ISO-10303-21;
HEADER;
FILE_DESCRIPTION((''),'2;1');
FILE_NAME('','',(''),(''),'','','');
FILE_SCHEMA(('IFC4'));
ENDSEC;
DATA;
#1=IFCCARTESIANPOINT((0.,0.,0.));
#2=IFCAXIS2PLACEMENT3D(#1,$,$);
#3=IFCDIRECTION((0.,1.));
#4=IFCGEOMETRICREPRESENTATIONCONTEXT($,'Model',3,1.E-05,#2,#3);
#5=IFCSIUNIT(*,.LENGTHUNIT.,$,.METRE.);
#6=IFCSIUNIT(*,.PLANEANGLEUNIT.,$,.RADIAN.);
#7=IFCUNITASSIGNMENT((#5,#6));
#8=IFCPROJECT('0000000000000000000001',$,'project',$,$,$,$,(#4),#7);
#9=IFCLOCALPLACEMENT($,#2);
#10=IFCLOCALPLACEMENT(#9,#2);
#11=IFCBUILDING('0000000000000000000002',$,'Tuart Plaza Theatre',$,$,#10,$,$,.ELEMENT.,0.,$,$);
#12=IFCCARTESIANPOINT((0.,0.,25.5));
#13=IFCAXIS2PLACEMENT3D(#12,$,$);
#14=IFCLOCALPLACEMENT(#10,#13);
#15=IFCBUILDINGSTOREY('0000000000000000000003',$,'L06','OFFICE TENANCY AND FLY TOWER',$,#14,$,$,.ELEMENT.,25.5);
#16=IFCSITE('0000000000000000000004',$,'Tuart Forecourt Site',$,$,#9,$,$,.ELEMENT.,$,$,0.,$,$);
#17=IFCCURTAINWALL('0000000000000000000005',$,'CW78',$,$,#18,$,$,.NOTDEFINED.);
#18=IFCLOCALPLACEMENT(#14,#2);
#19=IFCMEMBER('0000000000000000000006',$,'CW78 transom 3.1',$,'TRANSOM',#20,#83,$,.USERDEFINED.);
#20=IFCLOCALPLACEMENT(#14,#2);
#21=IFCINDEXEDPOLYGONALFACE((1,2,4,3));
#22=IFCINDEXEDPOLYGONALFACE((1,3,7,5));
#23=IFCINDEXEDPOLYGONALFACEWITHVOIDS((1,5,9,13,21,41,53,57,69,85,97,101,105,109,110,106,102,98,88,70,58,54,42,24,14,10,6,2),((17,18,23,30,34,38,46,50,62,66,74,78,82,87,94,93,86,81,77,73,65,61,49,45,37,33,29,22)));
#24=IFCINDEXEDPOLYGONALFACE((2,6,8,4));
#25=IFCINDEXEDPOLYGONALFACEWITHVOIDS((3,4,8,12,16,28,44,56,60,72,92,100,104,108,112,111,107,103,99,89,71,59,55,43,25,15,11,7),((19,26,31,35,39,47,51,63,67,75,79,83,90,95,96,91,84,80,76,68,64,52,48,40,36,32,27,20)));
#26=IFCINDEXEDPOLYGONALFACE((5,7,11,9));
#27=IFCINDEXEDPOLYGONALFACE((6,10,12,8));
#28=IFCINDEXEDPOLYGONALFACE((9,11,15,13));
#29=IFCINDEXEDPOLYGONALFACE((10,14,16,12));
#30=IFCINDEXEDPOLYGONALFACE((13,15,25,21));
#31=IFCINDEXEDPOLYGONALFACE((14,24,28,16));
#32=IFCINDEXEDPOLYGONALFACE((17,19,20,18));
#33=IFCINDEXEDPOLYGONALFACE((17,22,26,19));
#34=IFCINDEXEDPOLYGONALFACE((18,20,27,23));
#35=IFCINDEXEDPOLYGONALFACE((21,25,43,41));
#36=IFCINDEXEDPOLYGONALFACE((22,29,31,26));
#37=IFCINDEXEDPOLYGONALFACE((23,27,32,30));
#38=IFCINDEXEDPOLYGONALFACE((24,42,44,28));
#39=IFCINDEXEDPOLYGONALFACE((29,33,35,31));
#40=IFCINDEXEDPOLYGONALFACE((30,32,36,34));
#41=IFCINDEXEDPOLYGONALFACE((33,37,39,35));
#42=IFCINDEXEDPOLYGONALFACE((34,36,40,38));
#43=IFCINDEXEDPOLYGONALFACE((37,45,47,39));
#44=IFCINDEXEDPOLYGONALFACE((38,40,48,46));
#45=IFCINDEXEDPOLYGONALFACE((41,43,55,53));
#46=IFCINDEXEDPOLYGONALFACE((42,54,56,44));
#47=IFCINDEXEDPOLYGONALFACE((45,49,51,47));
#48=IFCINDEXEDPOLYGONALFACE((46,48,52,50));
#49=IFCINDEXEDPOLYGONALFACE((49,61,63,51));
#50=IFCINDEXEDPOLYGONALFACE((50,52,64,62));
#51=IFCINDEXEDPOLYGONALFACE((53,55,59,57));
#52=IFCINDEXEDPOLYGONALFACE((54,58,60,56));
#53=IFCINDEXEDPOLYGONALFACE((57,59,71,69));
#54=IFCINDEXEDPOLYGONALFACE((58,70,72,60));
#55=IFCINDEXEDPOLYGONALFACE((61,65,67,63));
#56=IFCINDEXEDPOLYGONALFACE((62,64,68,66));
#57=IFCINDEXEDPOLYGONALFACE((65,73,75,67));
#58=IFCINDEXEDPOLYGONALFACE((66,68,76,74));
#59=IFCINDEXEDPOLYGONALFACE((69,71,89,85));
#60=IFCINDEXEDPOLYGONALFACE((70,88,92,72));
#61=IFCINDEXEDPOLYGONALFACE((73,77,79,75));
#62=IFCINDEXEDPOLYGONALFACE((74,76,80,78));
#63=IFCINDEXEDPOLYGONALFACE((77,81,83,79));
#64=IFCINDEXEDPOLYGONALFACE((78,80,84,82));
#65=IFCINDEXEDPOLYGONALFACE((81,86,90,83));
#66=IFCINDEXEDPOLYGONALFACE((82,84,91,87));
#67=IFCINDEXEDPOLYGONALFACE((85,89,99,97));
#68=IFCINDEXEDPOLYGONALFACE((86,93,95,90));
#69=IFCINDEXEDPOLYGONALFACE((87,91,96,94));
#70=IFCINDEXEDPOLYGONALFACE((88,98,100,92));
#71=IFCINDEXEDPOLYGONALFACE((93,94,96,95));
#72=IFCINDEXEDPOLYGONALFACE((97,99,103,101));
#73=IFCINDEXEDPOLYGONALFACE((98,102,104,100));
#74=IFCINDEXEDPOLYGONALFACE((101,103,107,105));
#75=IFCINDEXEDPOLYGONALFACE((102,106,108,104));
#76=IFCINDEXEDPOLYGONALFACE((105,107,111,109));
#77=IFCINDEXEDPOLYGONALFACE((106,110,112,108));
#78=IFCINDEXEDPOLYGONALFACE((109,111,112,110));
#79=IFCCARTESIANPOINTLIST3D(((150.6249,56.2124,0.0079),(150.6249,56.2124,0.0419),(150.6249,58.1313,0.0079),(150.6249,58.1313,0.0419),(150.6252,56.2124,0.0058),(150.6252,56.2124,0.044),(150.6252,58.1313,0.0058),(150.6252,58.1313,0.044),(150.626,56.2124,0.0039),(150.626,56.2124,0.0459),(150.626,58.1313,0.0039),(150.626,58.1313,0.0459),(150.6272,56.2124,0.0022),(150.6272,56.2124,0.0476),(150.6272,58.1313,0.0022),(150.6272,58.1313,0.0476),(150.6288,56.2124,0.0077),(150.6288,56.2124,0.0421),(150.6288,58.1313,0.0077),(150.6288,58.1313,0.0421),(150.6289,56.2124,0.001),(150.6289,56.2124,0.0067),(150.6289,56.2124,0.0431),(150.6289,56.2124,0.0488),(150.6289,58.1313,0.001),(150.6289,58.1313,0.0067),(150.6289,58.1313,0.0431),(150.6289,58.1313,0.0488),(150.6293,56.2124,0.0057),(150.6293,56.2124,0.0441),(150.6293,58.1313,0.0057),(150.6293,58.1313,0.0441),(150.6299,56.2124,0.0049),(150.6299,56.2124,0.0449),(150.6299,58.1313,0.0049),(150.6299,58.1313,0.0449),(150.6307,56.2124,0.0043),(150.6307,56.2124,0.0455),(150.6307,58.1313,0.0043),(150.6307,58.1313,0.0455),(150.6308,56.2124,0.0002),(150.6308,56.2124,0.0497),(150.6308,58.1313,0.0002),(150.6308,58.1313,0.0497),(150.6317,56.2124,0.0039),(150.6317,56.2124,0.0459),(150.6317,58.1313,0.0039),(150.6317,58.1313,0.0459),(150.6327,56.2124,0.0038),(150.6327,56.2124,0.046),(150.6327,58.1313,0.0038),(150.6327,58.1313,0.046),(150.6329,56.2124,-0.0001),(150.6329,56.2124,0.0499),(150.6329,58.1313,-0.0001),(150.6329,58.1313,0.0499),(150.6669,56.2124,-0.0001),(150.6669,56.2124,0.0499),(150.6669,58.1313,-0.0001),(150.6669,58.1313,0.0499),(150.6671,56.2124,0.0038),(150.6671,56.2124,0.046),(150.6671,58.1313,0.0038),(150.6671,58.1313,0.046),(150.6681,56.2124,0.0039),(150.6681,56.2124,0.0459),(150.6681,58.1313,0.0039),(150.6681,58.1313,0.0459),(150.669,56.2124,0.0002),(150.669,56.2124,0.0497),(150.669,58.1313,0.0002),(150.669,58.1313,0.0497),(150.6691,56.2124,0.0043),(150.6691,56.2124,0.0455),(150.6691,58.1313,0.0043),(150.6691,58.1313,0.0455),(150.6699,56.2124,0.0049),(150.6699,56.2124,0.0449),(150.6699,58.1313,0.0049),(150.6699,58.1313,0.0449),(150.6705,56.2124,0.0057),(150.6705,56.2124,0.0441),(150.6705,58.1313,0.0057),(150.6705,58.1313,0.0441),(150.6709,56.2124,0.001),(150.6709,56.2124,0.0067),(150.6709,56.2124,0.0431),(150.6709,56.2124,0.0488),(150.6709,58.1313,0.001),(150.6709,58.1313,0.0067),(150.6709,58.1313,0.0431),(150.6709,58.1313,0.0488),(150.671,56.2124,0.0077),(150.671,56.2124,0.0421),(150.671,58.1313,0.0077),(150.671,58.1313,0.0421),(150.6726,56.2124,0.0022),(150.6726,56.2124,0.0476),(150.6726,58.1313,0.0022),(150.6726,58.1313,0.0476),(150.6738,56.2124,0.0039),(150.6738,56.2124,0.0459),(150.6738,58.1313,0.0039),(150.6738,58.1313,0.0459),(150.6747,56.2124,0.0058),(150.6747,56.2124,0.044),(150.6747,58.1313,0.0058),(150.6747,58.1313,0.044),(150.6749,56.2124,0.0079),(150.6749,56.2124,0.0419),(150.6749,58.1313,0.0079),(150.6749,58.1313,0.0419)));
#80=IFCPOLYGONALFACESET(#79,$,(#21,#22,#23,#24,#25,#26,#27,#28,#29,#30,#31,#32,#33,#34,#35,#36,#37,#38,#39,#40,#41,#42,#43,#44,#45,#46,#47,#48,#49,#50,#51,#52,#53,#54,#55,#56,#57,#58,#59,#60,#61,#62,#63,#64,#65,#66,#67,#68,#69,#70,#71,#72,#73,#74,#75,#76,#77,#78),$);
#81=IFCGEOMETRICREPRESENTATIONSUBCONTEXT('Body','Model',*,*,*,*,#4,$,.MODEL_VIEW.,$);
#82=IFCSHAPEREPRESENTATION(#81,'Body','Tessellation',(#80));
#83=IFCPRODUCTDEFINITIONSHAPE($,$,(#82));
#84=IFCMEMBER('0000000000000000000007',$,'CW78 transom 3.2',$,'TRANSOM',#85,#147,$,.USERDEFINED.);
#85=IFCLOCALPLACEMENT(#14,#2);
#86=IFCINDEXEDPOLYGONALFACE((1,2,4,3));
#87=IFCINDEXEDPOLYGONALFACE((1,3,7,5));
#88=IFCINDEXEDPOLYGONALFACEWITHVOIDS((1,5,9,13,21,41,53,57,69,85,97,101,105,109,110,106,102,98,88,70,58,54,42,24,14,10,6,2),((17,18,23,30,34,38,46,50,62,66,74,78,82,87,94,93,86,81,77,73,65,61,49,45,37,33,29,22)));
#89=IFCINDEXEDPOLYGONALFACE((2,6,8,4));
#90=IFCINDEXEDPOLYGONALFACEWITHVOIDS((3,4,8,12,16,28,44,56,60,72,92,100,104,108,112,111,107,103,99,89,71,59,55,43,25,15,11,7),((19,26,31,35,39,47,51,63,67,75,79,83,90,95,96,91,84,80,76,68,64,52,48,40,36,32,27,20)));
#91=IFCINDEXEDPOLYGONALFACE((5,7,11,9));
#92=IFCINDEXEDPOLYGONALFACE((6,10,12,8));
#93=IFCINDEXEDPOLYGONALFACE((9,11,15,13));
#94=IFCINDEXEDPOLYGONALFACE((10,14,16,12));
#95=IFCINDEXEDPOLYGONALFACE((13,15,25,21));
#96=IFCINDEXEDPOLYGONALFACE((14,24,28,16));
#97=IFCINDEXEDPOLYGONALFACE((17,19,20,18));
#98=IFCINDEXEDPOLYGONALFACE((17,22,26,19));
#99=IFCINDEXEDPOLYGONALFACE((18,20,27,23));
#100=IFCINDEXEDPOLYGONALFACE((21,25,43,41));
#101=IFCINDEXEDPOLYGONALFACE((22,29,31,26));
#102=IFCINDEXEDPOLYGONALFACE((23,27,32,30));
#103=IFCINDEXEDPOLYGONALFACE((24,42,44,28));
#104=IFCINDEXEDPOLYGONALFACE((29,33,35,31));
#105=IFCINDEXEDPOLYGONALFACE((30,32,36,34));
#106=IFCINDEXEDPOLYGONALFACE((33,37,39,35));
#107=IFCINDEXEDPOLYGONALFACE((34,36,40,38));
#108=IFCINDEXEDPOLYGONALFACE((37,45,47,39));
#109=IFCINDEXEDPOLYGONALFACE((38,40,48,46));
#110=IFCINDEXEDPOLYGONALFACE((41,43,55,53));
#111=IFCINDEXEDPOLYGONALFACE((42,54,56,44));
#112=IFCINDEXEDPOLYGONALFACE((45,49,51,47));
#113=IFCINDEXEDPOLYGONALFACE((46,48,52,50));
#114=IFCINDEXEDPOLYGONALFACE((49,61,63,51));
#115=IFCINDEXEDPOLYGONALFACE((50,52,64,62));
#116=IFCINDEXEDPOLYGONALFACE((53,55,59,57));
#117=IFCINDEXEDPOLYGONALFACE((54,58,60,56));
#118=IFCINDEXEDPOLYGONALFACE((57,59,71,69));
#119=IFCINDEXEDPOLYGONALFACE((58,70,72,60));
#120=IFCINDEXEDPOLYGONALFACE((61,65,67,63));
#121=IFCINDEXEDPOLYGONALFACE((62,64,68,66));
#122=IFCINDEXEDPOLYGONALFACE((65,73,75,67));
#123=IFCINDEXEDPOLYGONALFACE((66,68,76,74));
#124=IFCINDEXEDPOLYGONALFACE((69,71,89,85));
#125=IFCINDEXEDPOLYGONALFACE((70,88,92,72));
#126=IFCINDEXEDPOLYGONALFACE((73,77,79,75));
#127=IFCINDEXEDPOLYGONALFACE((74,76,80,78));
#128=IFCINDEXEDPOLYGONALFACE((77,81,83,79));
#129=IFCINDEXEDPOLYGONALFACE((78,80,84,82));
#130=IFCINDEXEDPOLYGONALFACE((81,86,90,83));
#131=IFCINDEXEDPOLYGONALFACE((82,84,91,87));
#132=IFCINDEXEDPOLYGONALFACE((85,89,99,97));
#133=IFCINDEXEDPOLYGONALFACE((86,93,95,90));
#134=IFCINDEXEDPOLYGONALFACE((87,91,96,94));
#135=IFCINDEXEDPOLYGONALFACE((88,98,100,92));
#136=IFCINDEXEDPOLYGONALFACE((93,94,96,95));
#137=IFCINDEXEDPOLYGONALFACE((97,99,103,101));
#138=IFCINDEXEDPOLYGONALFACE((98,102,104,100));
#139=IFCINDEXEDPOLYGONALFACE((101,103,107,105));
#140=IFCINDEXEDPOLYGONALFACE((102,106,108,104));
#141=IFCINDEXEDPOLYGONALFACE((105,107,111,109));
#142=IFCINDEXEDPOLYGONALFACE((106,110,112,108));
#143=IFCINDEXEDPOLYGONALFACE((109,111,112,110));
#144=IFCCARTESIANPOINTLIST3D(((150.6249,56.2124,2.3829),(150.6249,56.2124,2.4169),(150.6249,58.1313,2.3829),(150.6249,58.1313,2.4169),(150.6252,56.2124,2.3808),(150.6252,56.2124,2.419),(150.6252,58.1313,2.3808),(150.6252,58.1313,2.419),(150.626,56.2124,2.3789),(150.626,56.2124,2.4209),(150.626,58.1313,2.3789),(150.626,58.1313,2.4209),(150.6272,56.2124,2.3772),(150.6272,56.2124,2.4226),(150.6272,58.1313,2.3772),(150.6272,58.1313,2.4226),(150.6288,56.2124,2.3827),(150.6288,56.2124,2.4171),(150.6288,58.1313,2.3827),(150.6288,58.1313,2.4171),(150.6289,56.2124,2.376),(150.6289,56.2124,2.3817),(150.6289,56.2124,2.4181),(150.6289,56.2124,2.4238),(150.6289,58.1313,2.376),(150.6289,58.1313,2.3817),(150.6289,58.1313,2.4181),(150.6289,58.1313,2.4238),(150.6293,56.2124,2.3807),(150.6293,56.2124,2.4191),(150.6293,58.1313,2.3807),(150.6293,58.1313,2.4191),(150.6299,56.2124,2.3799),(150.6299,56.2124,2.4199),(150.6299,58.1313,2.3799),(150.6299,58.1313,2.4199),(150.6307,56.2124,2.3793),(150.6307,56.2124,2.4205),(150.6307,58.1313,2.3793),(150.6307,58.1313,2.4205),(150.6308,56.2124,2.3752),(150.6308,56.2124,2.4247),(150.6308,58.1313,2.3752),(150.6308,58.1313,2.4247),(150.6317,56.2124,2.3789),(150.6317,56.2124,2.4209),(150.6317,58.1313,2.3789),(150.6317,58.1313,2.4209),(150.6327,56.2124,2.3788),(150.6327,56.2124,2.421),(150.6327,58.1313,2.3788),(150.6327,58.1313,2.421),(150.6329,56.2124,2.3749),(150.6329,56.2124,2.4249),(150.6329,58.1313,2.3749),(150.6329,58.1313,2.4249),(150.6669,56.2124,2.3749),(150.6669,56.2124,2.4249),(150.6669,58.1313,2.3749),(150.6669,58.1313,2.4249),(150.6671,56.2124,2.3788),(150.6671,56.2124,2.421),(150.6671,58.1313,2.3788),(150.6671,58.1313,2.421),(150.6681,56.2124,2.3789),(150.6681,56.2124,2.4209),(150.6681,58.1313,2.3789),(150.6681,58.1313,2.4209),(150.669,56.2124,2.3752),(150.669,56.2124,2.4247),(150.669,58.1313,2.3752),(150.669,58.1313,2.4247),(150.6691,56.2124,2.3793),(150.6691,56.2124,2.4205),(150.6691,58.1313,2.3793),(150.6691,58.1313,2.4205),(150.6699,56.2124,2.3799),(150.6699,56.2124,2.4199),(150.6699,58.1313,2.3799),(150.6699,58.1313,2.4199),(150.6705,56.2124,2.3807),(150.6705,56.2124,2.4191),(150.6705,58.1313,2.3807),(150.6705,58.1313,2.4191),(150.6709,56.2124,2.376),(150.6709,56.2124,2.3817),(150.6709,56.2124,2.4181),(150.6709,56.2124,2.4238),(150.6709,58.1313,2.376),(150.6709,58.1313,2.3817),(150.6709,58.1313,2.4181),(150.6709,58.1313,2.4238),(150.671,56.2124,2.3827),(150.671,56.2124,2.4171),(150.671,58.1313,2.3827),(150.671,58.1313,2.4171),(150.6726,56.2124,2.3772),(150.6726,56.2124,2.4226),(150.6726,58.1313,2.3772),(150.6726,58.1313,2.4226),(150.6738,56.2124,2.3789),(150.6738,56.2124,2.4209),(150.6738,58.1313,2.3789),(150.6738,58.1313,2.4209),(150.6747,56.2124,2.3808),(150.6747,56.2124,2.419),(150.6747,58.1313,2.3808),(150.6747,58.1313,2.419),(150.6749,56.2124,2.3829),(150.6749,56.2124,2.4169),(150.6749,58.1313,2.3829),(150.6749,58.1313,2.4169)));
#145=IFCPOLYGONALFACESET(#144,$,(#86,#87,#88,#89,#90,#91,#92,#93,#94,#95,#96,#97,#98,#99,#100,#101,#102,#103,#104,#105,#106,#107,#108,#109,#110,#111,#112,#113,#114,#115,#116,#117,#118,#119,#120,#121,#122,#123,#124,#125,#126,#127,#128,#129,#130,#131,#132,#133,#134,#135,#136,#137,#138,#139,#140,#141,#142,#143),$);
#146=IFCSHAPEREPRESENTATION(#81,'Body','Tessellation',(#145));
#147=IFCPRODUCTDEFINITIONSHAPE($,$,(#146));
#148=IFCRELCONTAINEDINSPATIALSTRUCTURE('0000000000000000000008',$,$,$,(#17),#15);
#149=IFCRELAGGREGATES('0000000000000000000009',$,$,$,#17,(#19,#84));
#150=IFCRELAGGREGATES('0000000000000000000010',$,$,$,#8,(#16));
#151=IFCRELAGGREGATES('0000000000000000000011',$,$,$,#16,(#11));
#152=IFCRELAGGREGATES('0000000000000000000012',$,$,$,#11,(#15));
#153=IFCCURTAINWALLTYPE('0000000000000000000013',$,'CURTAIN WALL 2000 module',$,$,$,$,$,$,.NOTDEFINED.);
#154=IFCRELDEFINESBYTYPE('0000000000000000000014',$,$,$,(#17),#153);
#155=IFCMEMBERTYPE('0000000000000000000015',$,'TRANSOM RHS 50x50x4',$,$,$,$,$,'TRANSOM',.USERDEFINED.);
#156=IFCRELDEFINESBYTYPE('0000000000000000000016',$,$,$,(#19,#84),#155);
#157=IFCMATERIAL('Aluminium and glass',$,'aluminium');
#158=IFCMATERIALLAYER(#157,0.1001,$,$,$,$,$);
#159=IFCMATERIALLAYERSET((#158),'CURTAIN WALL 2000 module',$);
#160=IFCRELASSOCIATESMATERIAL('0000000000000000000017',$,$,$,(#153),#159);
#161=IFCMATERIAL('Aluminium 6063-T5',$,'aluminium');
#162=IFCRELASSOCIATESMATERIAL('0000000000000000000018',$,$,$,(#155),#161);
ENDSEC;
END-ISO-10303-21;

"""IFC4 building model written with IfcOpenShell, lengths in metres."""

from ifc_helpers import new_model, si_unit, direction, frame, origin, origin_2d, place, context, subcontext, project, spatial, hollow_rectangle, extrude, material, layer, layer_set, material_profile, profile_set, type_object, element, aggregate, save


model = new_model("IFC4")

# Units and contexts
model_context = context("Model", 3, precision=1e-05, world=origin(), true_north=direction((0.0, 1.0)))
body_context = subcontext(model_context, "Body", "Model", "MODEL_VIEW")
ifc_project = project(units=[si_unit("LENGTHUNIT", "METRE"), si_unit("PLANEANGLEUNIT", "RADIAN")], contexts=[model_context])

# Site, building, storey
site_placement = place(None, origin())
site = spatial("IfcSite", under=ifc_project, at=site_placement, Name="Tuart Forecourt Site", CompositionType="ELEMENT", RefElevation=0.0)
building_placement = place(site_placement, origin())
building = spatial("IfcBuilding", under=site, at=building_placement, Name="Tuart Plaza Theatre", CompositionType="ELEMENT", ElevationOfRefHeight=0.0)
storey_placement = place(building_placement, frame((0.0, 0.0, 25.5)))
storey = spatial("IfcBuildingStorey", under=building, at=storey_placement, Name="L06", Description="OFFICE TENANCY AND FLY TOWER", CompositionType="ELEMENT", Elevation=25.5)

# Curtain wall
ifc_material_1 = material(Name="Aluminium and glass", Category="aluminium")
ifc_layer_1 = layer(ifc_material_1, 0.1001)
ifc_layer_set_1 = layer_set([ifc_layer_1], Name="CURTAIN WALL 2000 module")
curtain_wall_type = type_object("IfcCurtainWallType", Name="CURTAIN WALL 2000 module", PredefinedType="NOTDEFINED", material=ifc_layer_set_1)
curtain_wall_1_placement = place(storey_placement, origin())
curtain_wall_1 = element("IfcCurtainWall", 1, at=curtain_wall_1_placement, inside=storey, type_object=curtain_wall_type, Name="CW78", PredefinedType="NOTDEFINED")

# Members
ifc_material_2 = material(Name="Aluminium 6063-T5", Category="aluminium")
ifc_material_profile_1 = material_profile(ifc_material_2, hollow_rectangle(XDim=0.05, YDim=0.05, WallThickness=0.0039, InnerFilletRadius=0.0039, OuterFilletRadius=0.0081, at=origin_2d()), Name="RHS 50x50x4")
ifc_profile_set_1 = profile_set([ifc_material_profile_1], Name="Aluminium 6063-T5")
member_type_1 = type_object("IfcMemberType", Name="TRANSOM RHS 50x50x4", ElementType="TRANSOM", PredefinedType="USERDEFINED", material=ifc_profile_set_1)
member_1_placement = place(storey_placement, frame((150.6499, 56.2124, 0.0249), z_axis=(0.0, 1.0, 0.0), x_axis=(-1.0, 0.0, 0.0)))
member_1 = element("IfcMember", 2, at=member_1_placement, type_object=member_type_1, Name="CW78 transom 3.1", ObjectType="TRANSOM", PredefinedType="USERDEFINED", context=body_context, shape_type="SweptSolid", body=[
    extrude(hollow_rectangle(XDim=0.05, YDim=0.05, WallThickness=0.0039, InnerFilletRadius=0.0039, OuterFilletRadius=0.0081, at=origin_2d()), origin(), (0.0, 0.0, 1.0), 1.9189),
])
member_2_placement = place(storey_placement, frame((150.6499, 56.2124, 2.3999), z_axis=(0.0, 1.0, 0.0), x_axis=(-1.0, 0.0, 0.0)))
member_2 = element("IfcMember", 3, at=member_2_placement, type_object=member_type_1, Name="CW78 transom 3.2", ObjectType="TRANSOM", PredefinedType="USERDEFINED", context=body_context, shape_type="SweptSolid", body=[
    extrude(hollow_rectangle(XDim=0.05, YDim=0.05, WallThickness=0.0039, InnerFilletRadius=0.0039, OuterFilletRadius=0.0081, at=origin_2d()), origin(), (0.0, 0.0, 1.0), 1.9189),
])

aggregate(curtain_wall_1, [member_1, member_2])

save(model, "model.ifc")
